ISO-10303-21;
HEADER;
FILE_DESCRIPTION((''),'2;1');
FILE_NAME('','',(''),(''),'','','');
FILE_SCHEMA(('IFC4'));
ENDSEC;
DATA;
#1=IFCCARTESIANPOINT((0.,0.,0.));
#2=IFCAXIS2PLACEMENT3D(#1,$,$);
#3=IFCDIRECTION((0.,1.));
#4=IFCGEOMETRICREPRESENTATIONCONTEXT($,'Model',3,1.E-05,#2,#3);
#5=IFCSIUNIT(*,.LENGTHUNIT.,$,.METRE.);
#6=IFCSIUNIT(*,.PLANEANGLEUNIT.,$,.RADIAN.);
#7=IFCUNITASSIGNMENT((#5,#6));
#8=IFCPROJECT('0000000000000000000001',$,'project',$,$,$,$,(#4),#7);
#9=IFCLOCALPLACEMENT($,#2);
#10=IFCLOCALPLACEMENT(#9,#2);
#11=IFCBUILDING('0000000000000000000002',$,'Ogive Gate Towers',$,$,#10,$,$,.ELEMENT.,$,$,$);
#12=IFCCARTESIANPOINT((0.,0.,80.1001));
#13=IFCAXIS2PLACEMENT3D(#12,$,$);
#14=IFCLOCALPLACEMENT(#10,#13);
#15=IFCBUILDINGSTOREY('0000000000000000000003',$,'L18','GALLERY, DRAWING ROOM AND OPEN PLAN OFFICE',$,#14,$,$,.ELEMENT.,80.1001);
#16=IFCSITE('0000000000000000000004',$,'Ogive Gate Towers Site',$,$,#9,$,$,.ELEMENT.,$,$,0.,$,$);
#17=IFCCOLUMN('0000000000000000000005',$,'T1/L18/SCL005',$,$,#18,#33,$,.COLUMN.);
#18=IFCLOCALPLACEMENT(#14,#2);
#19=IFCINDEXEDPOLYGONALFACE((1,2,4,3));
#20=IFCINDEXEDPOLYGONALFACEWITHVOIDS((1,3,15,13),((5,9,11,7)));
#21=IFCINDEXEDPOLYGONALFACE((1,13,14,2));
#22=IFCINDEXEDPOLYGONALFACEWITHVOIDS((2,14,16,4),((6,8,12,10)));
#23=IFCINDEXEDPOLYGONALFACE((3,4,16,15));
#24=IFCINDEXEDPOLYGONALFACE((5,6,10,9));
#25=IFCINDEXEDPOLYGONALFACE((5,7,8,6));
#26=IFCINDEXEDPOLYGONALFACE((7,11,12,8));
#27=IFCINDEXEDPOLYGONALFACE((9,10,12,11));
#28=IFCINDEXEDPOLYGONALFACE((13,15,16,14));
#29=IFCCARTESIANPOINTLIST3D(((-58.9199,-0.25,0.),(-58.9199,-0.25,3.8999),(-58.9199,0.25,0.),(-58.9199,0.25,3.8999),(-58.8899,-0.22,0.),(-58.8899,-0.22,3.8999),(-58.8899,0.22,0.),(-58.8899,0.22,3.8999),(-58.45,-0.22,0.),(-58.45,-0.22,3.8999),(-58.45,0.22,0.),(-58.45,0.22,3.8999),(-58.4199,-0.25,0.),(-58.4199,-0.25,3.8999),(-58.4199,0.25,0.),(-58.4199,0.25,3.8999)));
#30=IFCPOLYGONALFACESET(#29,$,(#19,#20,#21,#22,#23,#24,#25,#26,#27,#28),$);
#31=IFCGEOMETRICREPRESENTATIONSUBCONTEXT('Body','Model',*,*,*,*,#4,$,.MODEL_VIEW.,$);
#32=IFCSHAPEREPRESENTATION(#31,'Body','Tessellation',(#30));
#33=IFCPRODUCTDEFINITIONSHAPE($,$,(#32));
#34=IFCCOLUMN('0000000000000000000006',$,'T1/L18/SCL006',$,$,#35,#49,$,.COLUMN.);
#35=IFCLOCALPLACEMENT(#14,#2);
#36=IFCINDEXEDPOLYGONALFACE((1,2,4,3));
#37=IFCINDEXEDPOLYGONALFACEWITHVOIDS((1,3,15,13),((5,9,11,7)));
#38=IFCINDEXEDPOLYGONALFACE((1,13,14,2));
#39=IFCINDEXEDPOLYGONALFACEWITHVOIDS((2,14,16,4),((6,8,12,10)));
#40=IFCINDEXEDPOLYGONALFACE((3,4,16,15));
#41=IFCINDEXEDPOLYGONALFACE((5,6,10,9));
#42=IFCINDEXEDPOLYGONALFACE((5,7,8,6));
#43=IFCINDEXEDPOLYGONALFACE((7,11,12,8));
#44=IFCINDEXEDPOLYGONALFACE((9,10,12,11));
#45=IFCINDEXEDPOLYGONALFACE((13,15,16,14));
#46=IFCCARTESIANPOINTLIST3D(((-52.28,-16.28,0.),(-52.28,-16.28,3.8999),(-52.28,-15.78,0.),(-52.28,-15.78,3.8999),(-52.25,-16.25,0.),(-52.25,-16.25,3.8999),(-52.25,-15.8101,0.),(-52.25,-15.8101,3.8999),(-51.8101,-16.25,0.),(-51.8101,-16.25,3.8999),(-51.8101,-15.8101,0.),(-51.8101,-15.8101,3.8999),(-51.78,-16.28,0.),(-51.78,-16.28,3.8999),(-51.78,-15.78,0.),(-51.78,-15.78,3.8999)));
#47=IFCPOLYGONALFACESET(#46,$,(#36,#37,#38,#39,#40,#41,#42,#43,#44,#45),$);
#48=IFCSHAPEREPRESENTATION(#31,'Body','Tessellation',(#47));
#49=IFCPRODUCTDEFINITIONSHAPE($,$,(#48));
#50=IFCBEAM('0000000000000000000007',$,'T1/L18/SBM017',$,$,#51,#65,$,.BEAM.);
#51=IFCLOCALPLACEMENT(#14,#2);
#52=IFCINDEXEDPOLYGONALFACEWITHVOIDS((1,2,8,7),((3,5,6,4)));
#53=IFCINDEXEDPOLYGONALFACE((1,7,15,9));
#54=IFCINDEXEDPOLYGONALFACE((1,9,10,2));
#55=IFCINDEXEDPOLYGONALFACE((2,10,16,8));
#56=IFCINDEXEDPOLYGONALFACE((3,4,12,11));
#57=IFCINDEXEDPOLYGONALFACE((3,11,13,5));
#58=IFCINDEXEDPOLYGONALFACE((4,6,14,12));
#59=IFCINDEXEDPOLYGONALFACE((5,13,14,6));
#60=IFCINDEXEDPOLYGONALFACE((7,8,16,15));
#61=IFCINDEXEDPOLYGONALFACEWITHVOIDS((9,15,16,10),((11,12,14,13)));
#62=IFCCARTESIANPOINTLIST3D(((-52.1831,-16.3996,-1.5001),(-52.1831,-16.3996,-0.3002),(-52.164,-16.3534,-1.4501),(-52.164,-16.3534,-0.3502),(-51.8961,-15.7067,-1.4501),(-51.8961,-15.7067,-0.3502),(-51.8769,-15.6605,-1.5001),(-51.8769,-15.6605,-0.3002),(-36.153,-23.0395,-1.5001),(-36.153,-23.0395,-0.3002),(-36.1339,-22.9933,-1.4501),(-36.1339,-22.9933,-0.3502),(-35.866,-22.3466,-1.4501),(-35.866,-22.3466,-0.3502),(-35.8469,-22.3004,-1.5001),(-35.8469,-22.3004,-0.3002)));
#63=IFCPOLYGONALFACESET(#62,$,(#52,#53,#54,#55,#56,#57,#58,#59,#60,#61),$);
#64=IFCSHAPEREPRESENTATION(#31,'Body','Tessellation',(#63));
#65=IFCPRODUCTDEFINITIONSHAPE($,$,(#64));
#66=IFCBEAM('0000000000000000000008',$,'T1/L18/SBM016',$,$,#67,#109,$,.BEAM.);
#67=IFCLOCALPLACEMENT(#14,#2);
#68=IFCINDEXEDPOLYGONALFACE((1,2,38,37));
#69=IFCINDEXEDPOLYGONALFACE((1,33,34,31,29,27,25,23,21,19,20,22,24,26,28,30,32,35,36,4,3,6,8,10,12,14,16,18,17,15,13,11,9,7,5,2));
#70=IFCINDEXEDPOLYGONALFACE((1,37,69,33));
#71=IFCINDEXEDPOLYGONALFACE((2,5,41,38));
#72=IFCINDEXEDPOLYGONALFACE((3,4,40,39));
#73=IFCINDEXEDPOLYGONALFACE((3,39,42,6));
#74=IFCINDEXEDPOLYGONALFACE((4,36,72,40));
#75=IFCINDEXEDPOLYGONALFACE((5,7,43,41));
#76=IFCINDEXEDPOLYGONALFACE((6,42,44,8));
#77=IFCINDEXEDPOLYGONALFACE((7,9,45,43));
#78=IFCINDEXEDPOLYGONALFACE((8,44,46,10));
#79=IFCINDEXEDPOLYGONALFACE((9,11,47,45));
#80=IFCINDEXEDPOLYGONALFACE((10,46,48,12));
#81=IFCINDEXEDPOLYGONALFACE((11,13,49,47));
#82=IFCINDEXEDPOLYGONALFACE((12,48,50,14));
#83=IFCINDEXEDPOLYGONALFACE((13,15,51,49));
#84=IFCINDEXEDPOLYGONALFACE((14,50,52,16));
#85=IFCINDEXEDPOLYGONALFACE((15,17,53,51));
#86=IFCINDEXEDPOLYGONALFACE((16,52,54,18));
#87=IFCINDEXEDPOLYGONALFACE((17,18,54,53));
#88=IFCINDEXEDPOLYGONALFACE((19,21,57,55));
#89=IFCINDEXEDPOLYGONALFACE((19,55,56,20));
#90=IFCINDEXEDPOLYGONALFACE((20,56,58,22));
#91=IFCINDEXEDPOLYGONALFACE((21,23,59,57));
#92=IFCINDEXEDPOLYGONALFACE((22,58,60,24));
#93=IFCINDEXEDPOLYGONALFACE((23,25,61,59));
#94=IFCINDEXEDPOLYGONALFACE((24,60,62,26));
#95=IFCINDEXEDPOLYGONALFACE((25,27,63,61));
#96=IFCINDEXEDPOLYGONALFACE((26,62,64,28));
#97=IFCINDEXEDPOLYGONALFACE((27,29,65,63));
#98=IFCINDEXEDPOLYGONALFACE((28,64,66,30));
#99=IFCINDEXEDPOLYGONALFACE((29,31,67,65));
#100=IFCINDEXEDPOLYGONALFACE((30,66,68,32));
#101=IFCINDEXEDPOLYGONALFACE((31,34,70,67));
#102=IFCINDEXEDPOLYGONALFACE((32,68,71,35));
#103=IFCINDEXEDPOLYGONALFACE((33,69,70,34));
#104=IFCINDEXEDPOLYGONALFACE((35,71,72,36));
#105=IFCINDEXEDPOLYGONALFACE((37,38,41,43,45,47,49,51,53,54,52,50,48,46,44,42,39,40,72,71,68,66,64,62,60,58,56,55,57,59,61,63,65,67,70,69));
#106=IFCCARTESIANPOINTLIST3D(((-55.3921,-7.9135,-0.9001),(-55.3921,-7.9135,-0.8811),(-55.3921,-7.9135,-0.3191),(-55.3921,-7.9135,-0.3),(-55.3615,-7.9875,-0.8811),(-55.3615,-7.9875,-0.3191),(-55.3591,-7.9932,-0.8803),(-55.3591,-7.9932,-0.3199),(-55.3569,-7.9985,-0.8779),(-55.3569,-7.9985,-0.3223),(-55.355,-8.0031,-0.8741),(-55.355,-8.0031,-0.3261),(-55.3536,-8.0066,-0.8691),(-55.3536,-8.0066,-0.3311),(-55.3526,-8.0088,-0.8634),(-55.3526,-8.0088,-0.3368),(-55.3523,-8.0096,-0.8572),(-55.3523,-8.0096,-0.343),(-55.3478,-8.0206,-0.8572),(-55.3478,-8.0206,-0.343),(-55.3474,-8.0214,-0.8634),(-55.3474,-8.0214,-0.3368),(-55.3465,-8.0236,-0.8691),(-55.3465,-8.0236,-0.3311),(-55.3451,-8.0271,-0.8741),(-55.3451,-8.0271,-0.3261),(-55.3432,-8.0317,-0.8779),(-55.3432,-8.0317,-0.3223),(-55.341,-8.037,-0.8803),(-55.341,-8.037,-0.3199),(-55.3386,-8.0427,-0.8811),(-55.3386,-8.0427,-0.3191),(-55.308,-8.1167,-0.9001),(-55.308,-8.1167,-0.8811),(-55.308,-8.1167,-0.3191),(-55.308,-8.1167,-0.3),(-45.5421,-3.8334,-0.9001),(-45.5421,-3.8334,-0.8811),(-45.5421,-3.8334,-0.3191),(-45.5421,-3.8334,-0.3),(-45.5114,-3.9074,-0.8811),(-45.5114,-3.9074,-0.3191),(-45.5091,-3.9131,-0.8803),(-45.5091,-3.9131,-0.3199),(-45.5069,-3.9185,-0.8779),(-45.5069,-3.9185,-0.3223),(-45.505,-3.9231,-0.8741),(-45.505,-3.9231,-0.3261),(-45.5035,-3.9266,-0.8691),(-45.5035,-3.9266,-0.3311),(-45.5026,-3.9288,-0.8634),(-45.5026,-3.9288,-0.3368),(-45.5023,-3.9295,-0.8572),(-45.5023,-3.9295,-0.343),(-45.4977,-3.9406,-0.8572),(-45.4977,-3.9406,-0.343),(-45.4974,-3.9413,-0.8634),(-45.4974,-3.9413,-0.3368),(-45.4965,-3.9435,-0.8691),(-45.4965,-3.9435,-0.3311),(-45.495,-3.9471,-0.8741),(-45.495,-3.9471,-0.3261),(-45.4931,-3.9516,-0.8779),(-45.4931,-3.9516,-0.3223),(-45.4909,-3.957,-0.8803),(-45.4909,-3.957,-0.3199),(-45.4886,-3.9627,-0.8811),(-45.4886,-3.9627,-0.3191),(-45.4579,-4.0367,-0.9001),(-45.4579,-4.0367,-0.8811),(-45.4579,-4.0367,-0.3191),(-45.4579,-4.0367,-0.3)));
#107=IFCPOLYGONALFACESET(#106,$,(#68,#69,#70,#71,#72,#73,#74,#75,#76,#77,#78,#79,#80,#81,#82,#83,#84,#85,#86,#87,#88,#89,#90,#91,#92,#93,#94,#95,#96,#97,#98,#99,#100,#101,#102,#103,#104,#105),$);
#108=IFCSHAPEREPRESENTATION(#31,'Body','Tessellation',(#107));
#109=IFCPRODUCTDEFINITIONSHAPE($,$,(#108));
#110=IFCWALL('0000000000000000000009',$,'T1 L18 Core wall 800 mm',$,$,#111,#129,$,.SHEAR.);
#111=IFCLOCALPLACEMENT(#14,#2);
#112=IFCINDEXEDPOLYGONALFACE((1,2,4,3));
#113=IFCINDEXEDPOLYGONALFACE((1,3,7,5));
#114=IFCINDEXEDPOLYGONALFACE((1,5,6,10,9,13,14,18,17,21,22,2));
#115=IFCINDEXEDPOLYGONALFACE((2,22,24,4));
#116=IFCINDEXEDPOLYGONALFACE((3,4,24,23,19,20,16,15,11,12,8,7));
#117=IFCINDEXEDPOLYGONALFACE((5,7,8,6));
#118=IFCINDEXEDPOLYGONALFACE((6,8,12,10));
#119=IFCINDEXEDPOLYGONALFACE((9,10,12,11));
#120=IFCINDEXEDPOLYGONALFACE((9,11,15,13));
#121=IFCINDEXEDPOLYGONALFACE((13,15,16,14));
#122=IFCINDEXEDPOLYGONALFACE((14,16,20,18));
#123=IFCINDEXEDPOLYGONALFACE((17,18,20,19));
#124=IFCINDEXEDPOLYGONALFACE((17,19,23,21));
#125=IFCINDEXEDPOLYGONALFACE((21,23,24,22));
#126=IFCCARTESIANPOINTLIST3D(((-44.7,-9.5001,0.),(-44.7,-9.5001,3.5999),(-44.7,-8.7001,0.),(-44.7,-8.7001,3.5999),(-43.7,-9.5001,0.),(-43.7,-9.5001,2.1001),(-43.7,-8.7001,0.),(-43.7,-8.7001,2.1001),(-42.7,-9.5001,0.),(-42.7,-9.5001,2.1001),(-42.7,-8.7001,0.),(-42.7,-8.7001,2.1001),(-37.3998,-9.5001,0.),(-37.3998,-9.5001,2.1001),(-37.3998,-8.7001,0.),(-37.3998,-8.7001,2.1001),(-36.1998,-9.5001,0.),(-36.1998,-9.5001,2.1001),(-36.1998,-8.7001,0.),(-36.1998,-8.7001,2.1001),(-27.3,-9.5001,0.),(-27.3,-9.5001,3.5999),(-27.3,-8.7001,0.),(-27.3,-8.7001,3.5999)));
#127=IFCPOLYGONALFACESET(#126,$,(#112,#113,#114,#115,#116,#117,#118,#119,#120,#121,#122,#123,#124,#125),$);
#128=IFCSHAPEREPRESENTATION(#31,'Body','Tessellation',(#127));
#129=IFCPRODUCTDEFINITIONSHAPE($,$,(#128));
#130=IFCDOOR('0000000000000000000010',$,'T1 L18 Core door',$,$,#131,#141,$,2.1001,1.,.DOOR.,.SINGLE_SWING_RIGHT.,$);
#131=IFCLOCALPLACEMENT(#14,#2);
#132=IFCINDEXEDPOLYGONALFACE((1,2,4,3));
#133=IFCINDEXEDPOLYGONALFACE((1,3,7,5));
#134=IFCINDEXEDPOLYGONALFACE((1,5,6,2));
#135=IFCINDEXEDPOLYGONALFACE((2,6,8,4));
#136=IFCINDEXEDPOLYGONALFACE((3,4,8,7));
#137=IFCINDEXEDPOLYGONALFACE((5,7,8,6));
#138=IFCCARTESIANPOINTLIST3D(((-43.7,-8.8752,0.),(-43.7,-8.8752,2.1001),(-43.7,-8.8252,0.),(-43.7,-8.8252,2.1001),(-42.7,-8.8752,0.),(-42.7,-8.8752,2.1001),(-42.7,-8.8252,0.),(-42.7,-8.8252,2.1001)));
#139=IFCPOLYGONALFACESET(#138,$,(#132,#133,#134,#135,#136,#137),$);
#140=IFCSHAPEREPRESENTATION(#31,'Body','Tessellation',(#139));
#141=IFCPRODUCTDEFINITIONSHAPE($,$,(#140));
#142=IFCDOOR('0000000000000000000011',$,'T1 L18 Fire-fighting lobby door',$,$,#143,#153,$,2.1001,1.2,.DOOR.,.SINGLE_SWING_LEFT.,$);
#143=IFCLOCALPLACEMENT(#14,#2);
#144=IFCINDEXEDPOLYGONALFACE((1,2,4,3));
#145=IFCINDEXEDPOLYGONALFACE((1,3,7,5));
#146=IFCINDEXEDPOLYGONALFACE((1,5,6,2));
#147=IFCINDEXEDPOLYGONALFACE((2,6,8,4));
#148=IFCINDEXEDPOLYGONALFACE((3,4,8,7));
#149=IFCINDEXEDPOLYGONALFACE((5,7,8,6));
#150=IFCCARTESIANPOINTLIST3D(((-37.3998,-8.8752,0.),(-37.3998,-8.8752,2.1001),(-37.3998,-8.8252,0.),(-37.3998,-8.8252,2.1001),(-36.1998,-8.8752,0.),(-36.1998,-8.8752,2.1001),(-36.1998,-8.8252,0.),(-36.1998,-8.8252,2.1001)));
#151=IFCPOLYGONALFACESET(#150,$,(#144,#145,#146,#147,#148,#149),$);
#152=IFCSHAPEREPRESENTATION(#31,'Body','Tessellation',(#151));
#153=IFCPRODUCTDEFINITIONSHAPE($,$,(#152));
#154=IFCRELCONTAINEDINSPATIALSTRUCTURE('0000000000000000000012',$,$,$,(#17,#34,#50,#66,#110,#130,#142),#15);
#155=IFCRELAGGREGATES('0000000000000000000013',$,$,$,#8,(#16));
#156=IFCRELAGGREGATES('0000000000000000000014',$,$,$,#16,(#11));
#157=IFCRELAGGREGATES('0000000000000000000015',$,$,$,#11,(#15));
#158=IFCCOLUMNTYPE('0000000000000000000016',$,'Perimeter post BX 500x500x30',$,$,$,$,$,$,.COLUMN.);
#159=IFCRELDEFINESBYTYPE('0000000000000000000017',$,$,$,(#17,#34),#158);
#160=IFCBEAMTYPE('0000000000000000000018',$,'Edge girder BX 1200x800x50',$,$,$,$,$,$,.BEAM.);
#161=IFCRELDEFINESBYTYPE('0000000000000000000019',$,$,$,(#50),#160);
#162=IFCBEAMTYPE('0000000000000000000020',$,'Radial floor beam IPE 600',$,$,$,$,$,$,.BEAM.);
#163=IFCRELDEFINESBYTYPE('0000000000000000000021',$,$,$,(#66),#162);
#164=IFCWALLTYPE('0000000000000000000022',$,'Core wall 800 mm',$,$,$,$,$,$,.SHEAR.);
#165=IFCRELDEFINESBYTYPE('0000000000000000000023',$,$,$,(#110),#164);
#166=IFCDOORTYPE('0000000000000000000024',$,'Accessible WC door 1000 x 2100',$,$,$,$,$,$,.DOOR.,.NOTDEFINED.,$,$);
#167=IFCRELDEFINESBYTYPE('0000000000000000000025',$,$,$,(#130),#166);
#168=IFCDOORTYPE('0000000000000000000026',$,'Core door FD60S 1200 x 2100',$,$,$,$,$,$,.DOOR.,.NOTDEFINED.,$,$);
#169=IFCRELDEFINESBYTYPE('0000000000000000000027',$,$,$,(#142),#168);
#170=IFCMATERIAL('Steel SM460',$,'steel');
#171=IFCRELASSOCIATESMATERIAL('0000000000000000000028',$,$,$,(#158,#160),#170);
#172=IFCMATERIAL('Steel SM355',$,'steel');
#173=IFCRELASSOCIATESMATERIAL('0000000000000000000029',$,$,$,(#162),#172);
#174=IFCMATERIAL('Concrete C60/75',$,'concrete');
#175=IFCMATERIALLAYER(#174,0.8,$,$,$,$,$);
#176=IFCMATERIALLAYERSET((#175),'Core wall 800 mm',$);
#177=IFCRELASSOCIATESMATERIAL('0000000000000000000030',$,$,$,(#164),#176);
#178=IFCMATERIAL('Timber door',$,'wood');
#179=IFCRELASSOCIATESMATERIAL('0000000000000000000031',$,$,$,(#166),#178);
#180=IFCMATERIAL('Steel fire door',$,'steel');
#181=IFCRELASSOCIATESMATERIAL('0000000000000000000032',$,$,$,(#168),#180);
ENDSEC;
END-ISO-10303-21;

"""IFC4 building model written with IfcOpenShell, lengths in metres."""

from ifc_helpers import new_model, si_unit, direction, frame, frame_2d, origin, origin_2d, place, context, subcontext, project, spatial, rectangle, hollow_rectangle, i_section, extrude, material, layer, layer_set, material_profile, profile_set, type_object, element, fill, save


model = new_model("IFC4")

# Units and contexts
model_context = context("Model", 3, precision=1e-05, world=origin(), true_north=direction((0.0, 1.0)))
body_context = subcontext(model_context, "Body", "Model", "MODEL_VIEW")
ifc_project = project(units=[si_unit("LENGTHUNIT", "METRE"), si_unit("PLANEANGLEUNIT", "RADIAN")], contexts=[model_context])

# Site, building, storey
site_placement = place(None, origin())
site = spatial("IfcSite", under=ifc_project, at=site_placement, Name="Ogive Gate Towers Site", CompositionType="ELEMENT", RefElevation=0.0)
building_placement = place(site_placement, origin())
building = spatial("IfcBuilding", under=site, at=building_placement, Name="Ogive Gate Towers", CompositionType="ELEMENT")
storey_placement = place(building_placement, frame((0.0, 0.0, 80.1001)))
storey = spatial("IfcBuildingStorey", under=building, at=storey_placement, Name="L18", Description="GALLERY, DRAWING ROOM AND OPEN PLAN OFFICE", CompositionType="ELEMENT", Elevation=80.1001)

# Columns
ifc_material_1 = material(Name="Steel SM460", Category="steel")
ifc_material_profile_1 = material_profile(ifc_material_1, hollow_rectangle(XDim=0.5, YDim=0.5, WallThickness=0.03, at=origin_2d()), Name="BX 500x500x30")
ifc_profile_set_1 = profile_set([ifc_material_profile_1], Name="Steel SM460")
column_type = type_object("IfcColumnType", Name="Perimeter post BX 500x500x30", PredefinedType="COLUMN", material=ifc_profile_set_1)
for number, where, z_axis, x_axis, name in (
    (1, (-58.6699, 0.0, 0.0), (0.0, 0.0, 1.0), (1.0, 0.0, 0.0), "T1/L18/SCL005"),
    (2, (-52.03, -16.03, 0.0), (0.0, 0.0, 1.0), (1.0, 0.0, 0.0), "T1/L18/SCL006"),
):
    element("IfcColumn", number, at=place(storey_placement, frame(where, z_axis=z_axis, x_axis=x_axis)), inside=storey, type_object=column_type, Name=name, PredefinedType="COLUMN", context=body_context, shape_type="SweptSolid", body=[
        extrude(hollow_rectangle(XDim=0.5, YDim=0.5, WallThickness=0.03, at=origin_2d()), origin(), (0.0, 0.0, 1.0), 3.8999),
    ])

# Beams
ifc_material_profile_2 = material_profile(ifc_material_1, hollow_rectangle(XDim=0.8, YDim=1.2, WallThickness=0.05, at=origin_2d()), Name="BX 1200x800x50")
ifc_profile_set_2 = profile_set([ifc_material_profile_2], Name="Steel SM460")
beam_type_1 = type_object("IfcBeamType", Name="Edge girder BX 1200x800x50", PredefinedType="BEAM", material=ifc_profile_set_2)
beam_1_placement = place(storey_placement, frame((-52.03, -16.03, -0.9001), z_axis=(0.923879, -0.382685, 0.0), x_axis=(0.382685, 0.923879, 0.0)))
element("IfcBeam", 3, at=beam_1_placement, inside=storey, type_object=beam_type_1, Name="T1/L18/SBM017", PredefinedType="BEAM", context=body_context, shape_type="SweptSolid", body=[
    extrude(hollow_rectangle(XDim=0.8, YDim=1.2, WallThickness=0.05, at=origin_2d()), origin(), (0.0, 0.0, 1.0), 17.3508),
])
ifc_material_2 = material(Name="Steel SM355", Category="steel")
ifc_material_profile_3 = material_profile(ifc_material_2, i_section(OverallWidth=0.22, OverallDepth=0.6001, WebThickness=0.012, FlangeThickness=0.019, FilletRadius=0.0239, at=origin_2d()), Name="IPE 600")
ifc_profile_set_3 = profile_set([ifc_material_profile_3], Name="Steel SM355")
beam_type_2 = type_object("IfcBeamType", Name="Radial floor beam IPE 600", PredefinedType="BEAM", material=ifc_profile_set_3)
beam_2_placement = place(storey_placement, frame((-45.5, -3.9351, -0.6001), z_axis=(-0.923878, -0.382686, 0.0), x_axis=(0.382686, -0.923878, 0.0)))
element("IfcBeam", 4, at=beam_2_placement, inside=storey, type_object=beam_type_2, Name="T1/L18/SBM016", PredefinedType="BEAM", context=body_context, shape_type="SweptSolid", body=[
    extrude(i_section(OverallWidth=0.22, OverallDepth=0.6001, WebThickness=0.012, FlangeThickness=0.019, FilletRadius=0.0239, at=origin_2d()), origin(), (0.0, 0.0, 1.0), 10.6616),
])

# Wall, openings, doors
ifc_material_3 = material(Name="Concrete C60/75", Category="concrete")
ifc_layer_1 = layer(ifc_material_3, 0.8)
ifc_layer_set_1 = layer_set([ifc_layer_1], Name="Core wall 800 mm")
wall_type_1 = type_object("IfcWallType", Name="Core wall 800 mm", PredefinedType="SHEAR", material=ifc_layer_set_1)
wall_1_placement = place(storey_placement, frame((-44.7, -9.1001, 0.0), z_axis=(0.0, 0.0, 1.0), x_axis=(1.0, 0.0, 0.0)))
wall_1 = element("IfcWall", 5, at=wall_1_placement, inside=storey, type_object=wall_type_1, Name="T1 L18 Core wall 800 mm", PredefinedType="SHEAR", context=body_context, shape_type="SweptSolid", body=[
    extrude(rectangle(XDim=17.3999, YDim=0.8, at=frame_2d((8.7, 0.0))), origin(), (0.0, 0.0, 1.0), 3.5999),
])
opening_1_placement = place(wall_1_placement, frame((7.3, 0.0, 0.0)))
opening_1 = element("IfcOpeningElement", 6, at=opening_1_placement, cuts=wall_1, PredefinedType="OPENING", context=body_context, shape_type="SweptSolid", body=[
    extrude(rectangle(XDim=1.2, YDim=2.1001, at=frame_2d((0.6001, 1.05))), frame((0.0, 0.4102, 0.0), z_axis=(0.0, -1.0, 0.0), x_axis=(1.0, 0.0, 0.0)), (0.0, 0.0, 1.0), 0.8201),
])
opening_2_placement = place(wall_1_placement, frame((1.0, 0.0, 0.0)))
opening_2 = element("IfcOpeningElement", 7, at=opening_2_placement, cuts=wall_1, PredefinedType="OPENING", context=body_context, shape_type="SweptSolid", body=[
    extrude(rectangle(XDim=1.0, YDim=2.1001, at=frame_2d((0.5, 1.05))), frame((0.0, 0.4102, 0.0), z_axis=(0.0, -1.0, 0.0), x_axis=(1.0, 0.0, 0.0)), (0.0, 0.0, 1.0), 0.8201),
])
ifc_material_4 = material(Name="Timber door", Category="wood")
door_type_1 = type_object("IfcDoorType", Name="Accessible WC door 1000 x 2100", OperationType="NOTDEFINED", PredefinedType="DOOR", material=ifc_material_4)
door_1_placement = place(opening_2_placement, origin())
door_1 = element("IfcDoor", 8, at=door_1_placement, inside=storey, type_object=door_type_1, Name="T1 L18 Core door", OperationType="SINGLE_SWING_RIGHT", OverallHeight=2.1001, OverallWidth=1.0, PredefinedType="DOOR", context=body_context, shape_type="SweptSolid", body=[
    extrude(rectangle(XDim=1.0, YDim=2.1001, at=frame_2d((0.5, 1.05))), frame((0.0, 0.2749, 0.0), z_axis=(0.0, -1.0, 0.0), x_axis=(1.0, 0.0, 0.0)), (0.0, 0.0, 1.0), 0.05),
])
fill(opening_2, door_1)
ifc_material_5 = material(Name="Steel fire door", Category="steel")
door_type_2 = type_object("IfcDoorType", Name="Core door FD60S 1200 x 2100", OperationType="NOTDEFINED", PredefinedType="DOOR", material=ifc_material_5)
door_2_placement = place(opening_1_placement, origin())
door_2 = element("IfcDoor", 9, at=door_2_placement, inside=storey, type_object=door_type_2, Name="T1 L18 Fire-fighting lobby door", OperationType="SINGLE_SWING_LEFT", OverallHeight=2.1001, OverallWidth=1.2, PredefinedType="DOOR", context=body_context, shape_type="SweptSolid", body=[
    extrude(rectangle(XDim=1.2, YDim=2.1001, at=frame_2d((0.6001, 1.05))), frame((0.0, 0.2749, 0.0), z_axis=(0.0, -1.0, 0.0), x_axis=(1.0, 0.0, 0.0)), (0.0, 0.0, 1.0), 0.05),
])
fill(opening_1, door_2)

save(model, "model.ifc")
